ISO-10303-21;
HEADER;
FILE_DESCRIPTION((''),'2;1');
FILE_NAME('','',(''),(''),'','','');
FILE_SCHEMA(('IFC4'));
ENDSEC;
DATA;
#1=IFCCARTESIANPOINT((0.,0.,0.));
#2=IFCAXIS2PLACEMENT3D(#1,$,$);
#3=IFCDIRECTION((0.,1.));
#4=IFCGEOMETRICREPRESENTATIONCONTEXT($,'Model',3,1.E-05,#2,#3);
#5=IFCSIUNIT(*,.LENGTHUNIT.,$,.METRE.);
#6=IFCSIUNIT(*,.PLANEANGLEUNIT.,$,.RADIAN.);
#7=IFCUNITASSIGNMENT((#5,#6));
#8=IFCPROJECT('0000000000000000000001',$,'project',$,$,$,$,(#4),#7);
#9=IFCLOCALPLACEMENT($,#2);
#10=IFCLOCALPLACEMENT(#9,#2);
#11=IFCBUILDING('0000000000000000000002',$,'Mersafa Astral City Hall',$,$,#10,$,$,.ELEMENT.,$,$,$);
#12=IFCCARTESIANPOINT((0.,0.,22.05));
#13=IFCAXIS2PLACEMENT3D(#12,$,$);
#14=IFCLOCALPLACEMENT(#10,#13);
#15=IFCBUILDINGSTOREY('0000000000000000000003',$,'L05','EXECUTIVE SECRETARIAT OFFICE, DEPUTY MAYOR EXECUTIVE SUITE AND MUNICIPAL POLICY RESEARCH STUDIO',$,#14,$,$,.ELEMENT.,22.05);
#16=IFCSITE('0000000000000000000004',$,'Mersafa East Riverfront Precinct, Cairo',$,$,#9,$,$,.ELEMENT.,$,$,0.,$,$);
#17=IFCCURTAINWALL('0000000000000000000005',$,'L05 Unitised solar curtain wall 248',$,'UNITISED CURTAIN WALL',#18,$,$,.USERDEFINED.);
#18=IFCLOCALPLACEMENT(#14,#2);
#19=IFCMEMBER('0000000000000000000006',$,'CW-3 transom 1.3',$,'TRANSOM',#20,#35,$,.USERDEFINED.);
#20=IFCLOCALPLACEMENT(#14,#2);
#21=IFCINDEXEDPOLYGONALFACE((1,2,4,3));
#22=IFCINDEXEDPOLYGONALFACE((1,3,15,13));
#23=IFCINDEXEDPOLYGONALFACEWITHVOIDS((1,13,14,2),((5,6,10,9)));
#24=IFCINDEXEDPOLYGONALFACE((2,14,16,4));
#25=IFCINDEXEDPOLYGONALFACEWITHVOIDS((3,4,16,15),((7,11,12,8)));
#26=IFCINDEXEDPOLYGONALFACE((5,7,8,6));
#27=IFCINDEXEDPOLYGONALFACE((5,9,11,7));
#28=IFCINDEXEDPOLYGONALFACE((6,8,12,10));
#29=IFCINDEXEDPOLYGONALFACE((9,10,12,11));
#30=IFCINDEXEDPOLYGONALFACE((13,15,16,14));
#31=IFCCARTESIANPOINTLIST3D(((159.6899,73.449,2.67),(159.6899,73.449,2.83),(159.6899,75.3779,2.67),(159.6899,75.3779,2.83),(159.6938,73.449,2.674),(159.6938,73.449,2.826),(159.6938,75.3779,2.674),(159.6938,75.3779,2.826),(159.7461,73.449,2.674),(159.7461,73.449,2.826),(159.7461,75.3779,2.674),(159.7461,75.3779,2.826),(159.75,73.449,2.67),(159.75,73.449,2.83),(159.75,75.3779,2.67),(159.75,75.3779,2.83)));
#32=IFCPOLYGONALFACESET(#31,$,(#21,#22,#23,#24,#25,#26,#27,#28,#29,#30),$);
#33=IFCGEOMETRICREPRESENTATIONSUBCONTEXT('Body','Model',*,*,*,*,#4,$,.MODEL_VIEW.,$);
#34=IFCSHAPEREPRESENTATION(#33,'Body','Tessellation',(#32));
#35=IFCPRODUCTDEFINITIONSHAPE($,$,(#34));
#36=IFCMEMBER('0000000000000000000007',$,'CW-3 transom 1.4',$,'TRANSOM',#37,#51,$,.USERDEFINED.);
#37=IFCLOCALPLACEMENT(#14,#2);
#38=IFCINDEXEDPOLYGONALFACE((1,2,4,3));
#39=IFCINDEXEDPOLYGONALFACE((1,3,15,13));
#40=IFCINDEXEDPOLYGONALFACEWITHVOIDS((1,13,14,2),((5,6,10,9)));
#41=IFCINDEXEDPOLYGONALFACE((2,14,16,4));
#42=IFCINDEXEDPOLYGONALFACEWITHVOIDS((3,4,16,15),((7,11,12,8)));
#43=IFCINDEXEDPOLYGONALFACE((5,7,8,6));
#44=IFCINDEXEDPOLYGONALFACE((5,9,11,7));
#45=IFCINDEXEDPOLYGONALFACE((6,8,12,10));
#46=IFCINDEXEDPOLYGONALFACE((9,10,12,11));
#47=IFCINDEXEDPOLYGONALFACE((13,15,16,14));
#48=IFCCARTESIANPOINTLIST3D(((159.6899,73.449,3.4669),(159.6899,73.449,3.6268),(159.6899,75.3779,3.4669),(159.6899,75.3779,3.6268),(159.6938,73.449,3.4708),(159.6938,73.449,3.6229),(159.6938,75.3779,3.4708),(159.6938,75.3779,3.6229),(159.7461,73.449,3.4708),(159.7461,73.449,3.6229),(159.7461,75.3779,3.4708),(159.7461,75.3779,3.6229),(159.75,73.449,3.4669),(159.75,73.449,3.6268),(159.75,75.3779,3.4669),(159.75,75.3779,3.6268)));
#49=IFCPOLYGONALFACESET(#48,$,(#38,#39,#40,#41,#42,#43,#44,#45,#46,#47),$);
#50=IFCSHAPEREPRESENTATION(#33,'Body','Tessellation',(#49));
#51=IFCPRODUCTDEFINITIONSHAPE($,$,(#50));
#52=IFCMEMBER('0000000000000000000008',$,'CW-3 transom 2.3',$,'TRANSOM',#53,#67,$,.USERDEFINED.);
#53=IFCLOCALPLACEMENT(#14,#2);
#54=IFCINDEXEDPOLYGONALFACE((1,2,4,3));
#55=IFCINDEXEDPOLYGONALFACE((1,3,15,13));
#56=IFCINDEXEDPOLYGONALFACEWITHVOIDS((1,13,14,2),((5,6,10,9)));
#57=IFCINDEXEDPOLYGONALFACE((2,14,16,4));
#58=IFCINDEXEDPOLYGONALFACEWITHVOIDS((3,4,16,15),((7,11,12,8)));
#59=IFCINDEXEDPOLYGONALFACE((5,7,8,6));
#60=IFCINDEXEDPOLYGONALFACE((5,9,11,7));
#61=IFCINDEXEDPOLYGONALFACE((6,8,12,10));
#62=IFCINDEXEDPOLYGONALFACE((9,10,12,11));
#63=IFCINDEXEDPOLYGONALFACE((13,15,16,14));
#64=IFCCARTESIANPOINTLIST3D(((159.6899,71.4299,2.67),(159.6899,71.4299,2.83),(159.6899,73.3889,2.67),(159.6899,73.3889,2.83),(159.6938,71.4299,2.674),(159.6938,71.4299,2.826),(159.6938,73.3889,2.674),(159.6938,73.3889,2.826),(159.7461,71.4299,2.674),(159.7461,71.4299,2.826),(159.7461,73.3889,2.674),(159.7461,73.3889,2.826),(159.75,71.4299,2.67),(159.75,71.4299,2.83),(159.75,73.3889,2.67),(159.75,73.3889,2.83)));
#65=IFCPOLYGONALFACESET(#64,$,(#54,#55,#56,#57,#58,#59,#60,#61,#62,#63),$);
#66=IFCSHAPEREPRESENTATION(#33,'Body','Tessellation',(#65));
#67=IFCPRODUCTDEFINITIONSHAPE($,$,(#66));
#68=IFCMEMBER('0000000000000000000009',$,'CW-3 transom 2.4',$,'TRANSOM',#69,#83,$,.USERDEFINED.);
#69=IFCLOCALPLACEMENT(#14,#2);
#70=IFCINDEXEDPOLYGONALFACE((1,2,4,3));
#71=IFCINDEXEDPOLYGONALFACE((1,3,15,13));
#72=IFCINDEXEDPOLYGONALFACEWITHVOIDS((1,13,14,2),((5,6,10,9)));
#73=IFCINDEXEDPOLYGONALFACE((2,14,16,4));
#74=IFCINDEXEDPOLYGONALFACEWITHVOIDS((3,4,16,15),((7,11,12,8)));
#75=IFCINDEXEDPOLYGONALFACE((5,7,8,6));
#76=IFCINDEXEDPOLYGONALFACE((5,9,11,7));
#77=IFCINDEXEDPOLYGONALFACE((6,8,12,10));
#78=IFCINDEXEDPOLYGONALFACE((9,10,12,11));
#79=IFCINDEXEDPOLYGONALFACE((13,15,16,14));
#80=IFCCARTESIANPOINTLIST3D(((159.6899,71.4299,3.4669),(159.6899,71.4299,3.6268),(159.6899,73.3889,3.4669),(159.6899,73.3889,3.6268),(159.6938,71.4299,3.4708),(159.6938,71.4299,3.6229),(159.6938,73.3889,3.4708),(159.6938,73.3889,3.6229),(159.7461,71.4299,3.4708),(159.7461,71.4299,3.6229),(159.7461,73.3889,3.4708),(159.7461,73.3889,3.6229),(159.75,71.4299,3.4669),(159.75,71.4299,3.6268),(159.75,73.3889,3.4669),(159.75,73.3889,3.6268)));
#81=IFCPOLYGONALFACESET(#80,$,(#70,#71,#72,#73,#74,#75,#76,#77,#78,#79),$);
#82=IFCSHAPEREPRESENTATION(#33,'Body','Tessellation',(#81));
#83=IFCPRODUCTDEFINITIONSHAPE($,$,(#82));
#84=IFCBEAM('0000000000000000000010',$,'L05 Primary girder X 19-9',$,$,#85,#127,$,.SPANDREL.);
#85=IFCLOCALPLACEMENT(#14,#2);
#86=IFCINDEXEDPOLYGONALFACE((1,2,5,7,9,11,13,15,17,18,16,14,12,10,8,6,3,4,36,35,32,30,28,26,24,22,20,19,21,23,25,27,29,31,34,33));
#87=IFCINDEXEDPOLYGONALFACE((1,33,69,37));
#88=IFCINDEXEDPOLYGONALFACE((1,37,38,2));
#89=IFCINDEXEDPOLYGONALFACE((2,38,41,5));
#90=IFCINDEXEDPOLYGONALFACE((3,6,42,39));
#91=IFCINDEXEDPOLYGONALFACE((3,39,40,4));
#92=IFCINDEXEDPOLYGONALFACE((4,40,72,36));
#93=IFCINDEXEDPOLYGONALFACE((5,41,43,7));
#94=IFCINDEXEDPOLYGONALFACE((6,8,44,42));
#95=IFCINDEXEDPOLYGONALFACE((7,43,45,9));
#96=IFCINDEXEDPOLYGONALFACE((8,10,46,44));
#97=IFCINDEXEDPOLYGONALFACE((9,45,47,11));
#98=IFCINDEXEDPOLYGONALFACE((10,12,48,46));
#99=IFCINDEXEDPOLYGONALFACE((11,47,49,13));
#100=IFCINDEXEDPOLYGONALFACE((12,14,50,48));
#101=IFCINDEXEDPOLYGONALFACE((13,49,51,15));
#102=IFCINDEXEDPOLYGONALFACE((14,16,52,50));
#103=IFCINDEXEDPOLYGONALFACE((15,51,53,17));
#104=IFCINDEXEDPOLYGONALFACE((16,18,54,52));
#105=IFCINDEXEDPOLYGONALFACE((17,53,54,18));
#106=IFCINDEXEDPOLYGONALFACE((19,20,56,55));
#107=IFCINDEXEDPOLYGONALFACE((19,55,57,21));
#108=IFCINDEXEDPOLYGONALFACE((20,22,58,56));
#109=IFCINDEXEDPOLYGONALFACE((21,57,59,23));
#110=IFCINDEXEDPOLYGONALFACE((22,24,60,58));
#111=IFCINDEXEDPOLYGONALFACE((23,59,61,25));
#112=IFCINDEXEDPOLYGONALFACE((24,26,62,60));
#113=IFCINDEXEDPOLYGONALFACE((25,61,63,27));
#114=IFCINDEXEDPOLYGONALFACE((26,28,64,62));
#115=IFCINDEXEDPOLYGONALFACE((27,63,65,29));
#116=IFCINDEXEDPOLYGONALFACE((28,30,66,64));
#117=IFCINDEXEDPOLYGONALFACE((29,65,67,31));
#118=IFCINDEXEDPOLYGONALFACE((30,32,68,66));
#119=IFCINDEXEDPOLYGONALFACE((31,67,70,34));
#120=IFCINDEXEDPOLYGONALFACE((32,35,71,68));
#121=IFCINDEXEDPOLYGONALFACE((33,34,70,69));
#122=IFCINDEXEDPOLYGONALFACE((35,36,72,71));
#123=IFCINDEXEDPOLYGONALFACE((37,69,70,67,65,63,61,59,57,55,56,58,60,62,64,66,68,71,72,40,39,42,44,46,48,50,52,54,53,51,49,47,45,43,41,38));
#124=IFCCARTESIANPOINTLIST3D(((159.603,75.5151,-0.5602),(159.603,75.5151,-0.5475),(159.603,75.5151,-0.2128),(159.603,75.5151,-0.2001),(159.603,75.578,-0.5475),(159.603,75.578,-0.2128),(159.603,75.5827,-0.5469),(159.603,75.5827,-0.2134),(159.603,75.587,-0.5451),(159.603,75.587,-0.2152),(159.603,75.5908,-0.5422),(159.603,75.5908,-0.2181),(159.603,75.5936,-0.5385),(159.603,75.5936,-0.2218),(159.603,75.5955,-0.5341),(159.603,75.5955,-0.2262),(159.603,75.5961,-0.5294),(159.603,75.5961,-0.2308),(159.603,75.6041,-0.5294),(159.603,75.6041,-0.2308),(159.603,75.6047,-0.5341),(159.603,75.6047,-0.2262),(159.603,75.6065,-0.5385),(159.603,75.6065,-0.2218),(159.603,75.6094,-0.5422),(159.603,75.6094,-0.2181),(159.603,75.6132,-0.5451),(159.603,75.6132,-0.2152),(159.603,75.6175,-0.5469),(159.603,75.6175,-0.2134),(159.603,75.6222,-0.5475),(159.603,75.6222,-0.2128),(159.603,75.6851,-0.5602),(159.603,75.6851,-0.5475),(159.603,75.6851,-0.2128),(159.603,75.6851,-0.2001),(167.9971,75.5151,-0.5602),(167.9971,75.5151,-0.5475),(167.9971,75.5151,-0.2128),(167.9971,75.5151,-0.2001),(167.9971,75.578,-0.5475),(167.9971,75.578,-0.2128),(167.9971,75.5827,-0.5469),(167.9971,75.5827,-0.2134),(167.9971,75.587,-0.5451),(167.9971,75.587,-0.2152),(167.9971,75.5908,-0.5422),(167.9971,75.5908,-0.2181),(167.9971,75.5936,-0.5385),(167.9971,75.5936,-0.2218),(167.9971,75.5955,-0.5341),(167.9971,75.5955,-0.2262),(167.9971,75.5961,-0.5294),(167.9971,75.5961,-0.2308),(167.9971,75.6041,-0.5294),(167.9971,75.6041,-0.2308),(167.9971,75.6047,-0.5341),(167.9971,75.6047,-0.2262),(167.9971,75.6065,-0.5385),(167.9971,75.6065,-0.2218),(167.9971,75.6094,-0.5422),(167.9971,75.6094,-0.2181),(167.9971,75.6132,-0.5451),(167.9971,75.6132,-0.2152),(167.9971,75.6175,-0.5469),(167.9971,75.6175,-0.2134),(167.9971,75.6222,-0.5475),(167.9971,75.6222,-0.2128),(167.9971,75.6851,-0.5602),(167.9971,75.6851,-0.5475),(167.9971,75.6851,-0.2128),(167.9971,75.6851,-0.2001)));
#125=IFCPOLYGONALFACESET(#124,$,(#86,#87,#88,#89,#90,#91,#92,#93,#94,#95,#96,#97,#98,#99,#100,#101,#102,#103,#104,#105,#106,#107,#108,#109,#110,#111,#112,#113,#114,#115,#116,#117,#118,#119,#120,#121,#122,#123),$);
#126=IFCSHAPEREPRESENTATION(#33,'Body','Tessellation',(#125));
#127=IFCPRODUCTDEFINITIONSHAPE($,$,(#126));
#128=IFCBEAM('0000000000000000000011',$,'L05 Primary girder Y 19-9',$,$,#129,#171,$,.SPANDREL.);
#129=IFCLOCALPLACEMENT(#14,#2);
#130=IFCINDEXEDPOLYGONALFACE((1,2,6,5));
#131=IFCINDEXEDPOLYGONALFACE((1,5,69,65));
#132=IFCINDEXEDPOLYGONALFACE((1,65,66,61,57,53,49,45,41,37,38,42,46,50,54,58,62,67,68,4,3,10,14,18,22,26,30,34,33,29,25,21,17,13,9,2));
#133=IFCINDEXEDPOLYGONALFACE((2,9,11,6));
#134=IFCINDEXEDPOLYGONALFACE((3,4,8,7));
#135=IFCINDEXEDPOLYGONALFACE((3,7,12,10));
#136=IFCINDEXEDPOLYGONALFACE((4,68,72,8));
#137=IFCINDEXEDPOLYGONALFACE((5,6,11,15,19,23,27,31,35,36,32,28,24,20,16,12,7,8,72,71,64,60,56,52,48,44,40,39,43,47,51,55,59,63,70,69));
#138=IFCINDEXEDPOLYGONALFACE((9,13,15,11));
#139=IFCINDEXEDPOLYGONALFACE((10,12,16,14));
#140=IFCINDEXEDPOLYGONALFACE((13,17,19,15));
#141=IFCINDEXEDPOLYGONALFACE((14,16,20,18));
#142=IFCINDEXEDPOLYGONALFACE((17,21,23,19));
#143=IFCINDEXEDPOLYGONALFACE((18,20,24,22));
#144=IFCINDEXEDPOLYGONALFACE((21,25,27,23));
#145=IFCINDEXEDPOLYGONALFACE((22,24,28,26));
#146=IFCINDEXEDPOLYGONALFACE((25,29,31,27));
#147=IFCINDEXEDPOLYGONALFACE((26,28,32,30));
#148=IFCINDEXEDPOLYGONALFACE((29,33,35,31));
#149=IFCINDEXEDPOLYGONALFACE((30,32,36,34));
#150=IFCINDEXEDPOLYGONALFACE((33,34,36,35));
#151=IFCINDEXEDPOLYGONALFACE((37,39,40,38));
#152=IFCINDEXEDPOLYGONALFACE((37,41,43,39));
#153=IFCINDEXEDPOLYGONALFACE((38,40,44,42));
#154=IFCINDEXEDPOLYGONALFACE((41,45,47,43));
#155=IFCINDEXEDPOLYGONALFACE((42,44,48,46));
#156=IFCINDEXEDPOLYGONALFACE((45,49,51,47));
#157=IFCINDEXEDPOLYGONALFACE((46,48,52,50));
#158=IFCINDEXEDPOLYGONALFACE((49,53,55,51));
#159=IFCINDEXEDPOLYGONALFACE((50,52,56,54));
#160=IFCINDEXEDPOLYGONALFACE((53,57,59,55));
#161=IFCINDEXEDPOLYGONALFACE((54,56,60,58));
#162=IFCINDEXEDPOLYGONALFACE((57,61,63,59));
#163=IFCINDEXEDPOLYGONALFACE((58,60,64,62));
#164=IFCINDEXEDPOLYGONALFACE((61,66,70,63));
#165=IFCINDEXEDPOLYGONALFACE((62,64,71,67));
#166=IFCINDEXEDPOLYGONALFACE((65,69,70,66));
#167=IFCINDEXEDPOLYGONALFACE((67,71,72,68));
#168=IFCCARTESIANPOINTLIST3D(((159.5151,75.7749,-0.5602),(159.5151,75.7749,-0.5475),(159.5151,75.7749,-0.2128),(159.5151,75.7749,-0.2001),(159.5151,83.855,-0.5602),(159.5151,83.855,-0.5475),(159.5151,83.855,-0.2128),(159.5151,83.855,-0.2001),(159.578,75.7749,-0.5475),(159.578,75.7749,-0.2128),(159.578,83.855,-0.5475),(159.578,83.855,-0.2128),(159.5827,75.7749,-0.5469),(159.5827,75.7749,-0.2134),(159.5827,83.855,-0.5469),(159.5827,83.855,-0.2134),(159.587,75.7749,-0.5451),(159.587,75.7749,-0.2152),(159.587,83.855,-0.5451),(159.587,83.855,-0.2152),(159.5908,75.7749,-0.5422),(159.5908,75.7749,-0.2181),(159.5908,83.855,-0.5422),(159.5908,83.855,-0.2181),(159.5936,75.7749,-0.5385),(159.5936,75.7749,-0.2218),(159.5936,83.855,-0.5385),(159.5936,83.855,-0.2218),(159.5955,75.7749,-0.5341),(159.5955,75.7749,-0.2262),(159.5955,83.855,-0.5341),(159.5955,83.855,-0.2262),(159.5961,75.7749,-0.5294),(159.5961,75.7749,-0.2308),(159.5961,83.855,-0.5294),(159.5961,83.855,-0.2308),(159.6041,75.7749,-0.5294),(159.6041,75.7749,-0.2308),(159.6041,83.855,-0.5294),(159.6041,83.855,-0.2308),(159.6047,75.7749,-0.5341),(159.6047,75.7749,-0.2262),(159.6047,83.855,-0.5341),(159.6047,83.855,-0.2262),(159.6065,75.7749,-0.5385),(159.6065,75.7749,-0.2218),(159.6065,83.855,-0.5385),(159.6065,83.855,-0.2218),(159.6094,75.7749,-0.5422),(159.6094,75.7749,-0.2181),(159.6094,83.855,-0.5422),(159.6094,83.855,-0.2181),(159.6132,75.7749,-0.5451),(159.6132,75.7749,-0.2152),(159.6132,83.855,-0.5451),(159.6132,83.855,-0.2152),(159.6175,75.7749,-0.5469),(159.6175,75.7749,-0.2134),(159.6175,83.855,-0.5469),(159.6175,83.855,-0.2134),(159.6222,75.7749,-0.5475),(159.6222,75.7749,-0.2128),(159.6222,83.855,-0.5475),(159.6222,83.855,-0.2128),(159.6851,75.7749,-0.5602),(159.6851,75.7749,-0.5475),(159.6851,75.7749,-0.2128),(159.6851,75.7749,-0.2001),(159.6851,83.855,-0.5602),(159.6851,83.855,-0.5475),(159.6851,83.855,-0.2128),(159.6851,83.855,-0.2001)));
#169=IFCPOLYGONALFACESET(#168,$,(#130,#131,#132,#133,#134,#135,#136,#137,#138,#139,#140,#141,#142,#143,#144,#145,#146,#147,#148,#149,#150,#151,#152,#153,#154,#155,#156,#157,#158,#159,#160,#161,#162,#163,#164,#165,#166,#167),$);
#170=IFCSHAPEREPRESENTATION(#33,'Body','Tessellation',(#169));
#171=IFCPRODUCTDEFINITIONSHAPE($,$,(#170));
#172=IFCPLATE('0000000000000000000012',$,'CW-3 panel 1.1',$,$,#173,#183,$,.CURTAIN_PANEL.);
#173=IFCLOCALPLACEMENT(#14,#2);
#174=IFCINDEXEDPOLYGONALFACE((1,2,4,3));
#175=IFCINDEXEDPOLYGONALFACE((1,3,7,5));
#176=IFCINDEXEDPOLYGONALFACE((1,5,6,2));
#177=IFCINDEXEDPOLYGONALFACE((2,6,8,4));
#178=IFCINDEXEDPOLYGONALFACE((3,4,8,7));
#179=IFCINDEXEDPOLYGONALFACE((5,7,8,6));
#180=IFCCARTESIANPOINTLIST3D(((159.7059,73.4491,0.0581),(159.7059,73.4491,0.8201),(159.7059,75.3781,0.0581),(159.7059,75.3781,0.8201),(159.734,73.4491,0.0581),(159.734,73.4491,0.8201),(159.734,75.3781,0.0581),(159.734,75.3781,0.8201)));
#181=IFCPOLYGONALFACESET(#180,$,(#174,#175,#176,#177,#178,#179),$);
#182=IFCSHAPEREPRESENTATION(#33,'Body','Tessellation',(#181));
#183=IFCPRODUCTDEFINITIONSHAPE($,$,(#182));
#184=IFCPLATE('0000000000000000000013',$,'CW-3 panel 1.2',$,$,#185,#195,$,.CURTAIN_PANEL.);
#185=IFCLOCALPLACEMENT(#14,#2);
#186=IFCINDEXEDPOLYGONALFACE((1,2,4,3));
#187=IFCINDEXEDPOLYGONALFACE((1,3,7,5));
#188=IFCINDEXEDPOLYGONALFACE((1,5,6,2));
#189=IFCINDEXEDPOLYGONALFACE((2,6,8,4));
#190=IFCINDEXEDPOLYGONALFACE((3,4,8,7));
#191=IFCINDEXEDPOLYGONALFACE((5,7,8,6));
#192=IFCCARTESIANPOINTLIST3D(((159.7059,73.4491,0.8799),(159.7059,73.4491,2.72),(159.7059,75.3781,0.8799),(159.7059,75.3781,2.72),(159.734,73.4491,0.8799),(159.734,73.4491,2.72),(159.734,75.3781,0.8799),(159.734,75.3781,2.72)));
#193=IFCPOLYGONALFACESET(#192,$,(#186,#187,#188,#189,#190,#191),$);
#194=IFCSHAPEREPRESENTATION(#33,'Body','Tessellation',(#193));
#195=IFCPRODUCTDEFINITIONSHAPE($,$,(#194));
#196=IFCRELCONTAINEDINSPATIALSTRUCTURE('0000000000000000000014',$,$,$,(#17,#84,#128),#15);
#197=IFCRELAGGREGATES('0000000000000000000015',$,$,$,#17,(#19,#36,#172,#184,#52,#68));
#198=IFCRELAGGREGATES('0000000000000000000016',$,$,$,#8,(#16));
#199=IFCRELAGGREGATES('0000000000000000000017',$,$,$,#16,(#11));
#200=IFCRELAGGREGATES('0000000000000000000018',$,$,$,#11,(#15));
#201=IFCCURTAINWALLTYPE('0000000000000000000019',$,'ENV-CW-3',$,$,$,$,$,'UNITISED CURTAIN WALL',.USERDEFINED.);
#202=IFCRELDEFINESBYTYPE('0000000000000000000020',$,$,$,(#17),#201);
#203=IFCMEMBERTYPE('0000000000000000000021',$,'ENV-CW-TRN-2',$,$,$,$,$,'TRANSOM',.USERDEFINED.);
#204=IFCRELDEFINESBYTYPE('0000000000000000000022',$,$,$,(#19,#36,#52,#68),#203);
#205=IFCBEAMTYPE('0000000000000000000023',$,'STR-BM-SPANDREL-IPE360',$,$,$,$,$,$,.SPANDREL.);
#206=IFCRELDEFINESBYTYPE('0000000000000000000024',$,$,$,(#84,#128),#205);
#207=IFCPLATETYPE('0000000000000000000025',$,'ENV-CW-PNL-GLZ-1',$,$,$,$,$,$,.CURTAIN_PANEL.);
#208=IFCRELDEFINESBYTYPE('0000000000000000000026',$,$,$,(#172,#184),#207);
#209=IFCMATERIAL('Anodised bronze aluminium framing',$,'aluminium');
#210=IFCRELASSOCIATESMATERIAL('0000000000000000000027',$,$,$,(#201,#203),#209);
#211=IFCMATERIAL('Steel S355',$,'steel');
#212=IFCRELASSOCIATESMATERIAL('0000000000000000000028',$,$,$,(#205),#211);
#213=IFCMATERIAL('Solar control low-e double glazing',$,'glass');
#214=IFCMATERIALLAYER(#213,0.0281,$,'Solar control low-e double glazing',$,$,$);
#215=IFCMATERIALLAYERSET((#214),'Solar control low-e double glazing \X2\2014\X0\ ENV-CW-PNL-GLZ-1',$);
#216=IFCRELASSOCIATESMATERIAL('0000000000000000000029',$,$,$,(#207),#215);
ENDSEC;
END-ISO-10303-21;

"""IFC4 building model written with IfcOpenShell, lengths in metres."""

from ifc_helpers import new_model, si_unit, direction, frame, origin, origin_2d, place, context, subcontext, project, spatial, rectangle, hollow_rectangle, i_section, extrude, material, layer, layer_set, material_profile, profile_set, type_object, element, aggregate, save


model = new_model("IFC4")

# Units and contexts
model_context = context("Model", 3, precision=1e-05, world=origin(), true_north=direction((0.0, 1.0)))
body_context = subcontext(model_context, "Body", "Model", "MODEL_VIEW")
ifc_project = project(units=[si_unit("LENGTHUNIT", "METRE"), si_unit("PLANEANGLEUNIT", "RADIAN")], contexts=[model_context])

# Site, building, storey
site_placement = place(None, origin())
site = spatial("IfcSite", under=ifc_project, at=site_placement, Name="Mersafa East Riverfront Precinct, Cairo", CompositionType="ELEMENT", RefElevation=0.0)
building_placement = place(site_placement, origin())
building = spatial("IfcBuilding", under=site, at=building_placement, Name="Mersafa Astral City Hall", CompositionType="ELEMENT")
storey_placement = place(building_placement, frame((0.0, 0.0, 22.05)))
storey = spatial("IfcBuildingStorey", under=building, at=storey_placement, Name="L05", Description="EXECUTIVE SECRETARIAT OFFICE, DEPUTY MAYOR EXECUTIVE SUITE AND MUNICIPAL POLICY RESEARCH STUDIO", CompositionType="ELEMENT", Elevation=22.05)

# Shared definitions
ifc_material_1 = material(Name="Steel S355", Category="steel")

# Shared definitions
ifc_material_2 = material(Name="Anodised bronze aluminium framing", Category="aluminium")

# Curtain wall
curtain_wall_type_1 = type_object("IfcCurtainWallType", Name="ENV-CW-3", ElementType="UNITISED CURTAIN WALL", PredefinedType="USERDEFINED", material=ifc_material_2)
curtain_wall_1_placement = place(storey_placement, origin())
curtain_wall_1 = element("IfcCurtainWall", 1, at=curtain_wall_1_placement, inside=storey, type_object=curtain_wall_type_1, Name="L05 Unitised solar curtain wall 248", ObjectType="UNITISED CURTAIN WALL", PredefinedType="USERDEFINED")

# Members
ifc_material_profile_1 = material_profile(ifc_material_2, hollow_rectangle(XDim=0.0601, YDim=0.1599, WallThickness=0.0039, at=origin_2d()), Name="RHS 60x160x4")
ifc_profile_set_1 = profile_set([ifc_material_profile_1], Name="Anodised bronze aluminium framing")
member_type_1 = type_object("IfcMemberType", Name="ENV-CW-TRN-2", ElementType="TRANSOM", PredefinedType="USERDEFINED", material=ifc_profile_set_1)
member_1_placement = place(storey_placement, frame((159.72, 75.3779, 2.75), z_axis=(0.0, -1.0, 0.0), x_axis=(1.0, 0.0, 0.0)))
member_1 = element("IfcMember", 2, at=member_1_placement, type_object=member_type_1, Name="CW-3 transom 1.3", ObjectType="TRANSOM", PredefinedType="USERDEFINED", context=body_context, shape_type="SweptSolid", body=[
    extrude(hollow_rectangle(XDim=0.0601, YDim=0.1599, WallThickness=0.0039, at=origin_2d()), origin(), (0.0, 0.0, 1.0), 1.929),
])
member_2_placement = place(storey_placement, frame((159.72, 75.3779, 3.5469), z_axis=(0.0, -1.0, 0.0), x_axis=(1.0, 0.0, 0.0)))
member_2 = element("IfcMember", 3, at=member_2_placement, type_object=member_type_1, Name="CW-3 transom 1.4", ObjectType="TRANSOM", PredefinedType="USERDEFINED", context=body_context, shape_type="SweptSolid", body=[
    extrude(hollow_rectangle(XDim=0.0601, YDim=0.1599, WallThickness=0.0039, at=origin_2d()), origin(), (0.0, 0.0, 1.0), 1.929),
])
member_3_placement = place(storey_placement, frame((159.72, 73.3889, 2.75), z_axis=(0.0, -1.0, 0.0), x_axis=(1.0, 0.0, 0.0)))
member_3 = element("IfcMember", 4, at=member_3_placement, type_object=member_type_1, Name="CW-3 transom 2.3", ObjectType="TRANSOM", PredefinedType="USERDEFINED", context=body_context, shape_type="SweptSolid", body=[
    extrude(hollow_rectangle(XDim=0.0601, YDim=0.1599, WallThickness=0.0039, at=origin_2d()), origin(), (0.0, 0.0, 1.0), 1.959),
])
member_4_placement = place(storey_placement, frame((159.72, 73.3889, 3.5469), z_axis=(0.0, -1.0, 0.0), x_axis=(1.0, 0.0, 0.0)))
member_4 = element("IfcMember", 5, at=member_4_placement, type_object=member_type_1, Name="CW-3 transom 2.4", ObjectType="TRANSOM", PredefinedType="USERDEFINED", context=body_context, shape_type="SweptSolid", body=[
    extrude(hollow_rectangle(XDim=0.0601, YDim=0.1599, WallThickness=0.0039, at=origin_2d()), origin(), (0.0, 0.0, 1.0), 1.959),
])

# Beams
ifc_material_profile_2 = material_profile(ifc_material_1, i_section(OverallWidth=0.1699, OverallDepth=0.3601, WebThickness=0.0081, FlangeThickness=0.0127, FilletRadius=0.0181, at=origin_2d()), Name="IPE 360")
ifc_profile_set_2 = profile_set([ifc_material_profile_2], Name="Steel S355")
beam_type = type_object("IfcBeamType", Name="STR-BM-SPANDREL-IPE360", PredefinedType="SPANDREL", material=ifc_profile_set_2)
beam_1_placement = place(storey_placement, frame((159.603, 75.6001, -0.3801), z_axis=(1.0, 0.0, 0.0), x_axis=(0.0, 1.0, 0.0)))
element("IfcBeam", 6, at=beam_1_placement, inside=storey, type_object=beam_type, Name="L05 Primary girder X 19-9", PredefinedType="SPANDREL", context=body_context, shape_type="SweptSolid", body=[
    extrude(i_section(OverallWidth=0.1699, OverallDepth=0.3601, WebThickness=0.0081, FlangeThickness=0.0127, FilletRadius=0.0181, at=origin_2d()), origin(), (0.0, 0.0, 1.0), 8.394),
])
beam_2_placement = place(storey_placement, frame((159.6001, 75.7749, -0.3801), z_axis=(0.0, 1.0, 0.0), x_axis=(-1.0, 0.0, 0.0)))
element("IfcBeam", 7, at=beam_2_placement, inside=storey, type_object=beam_type, Name="L05 Primary girder Y 19-9", PredefinedType="SPANDREL", context=body_context, shape_type="SweptSolid", body=[
    extrude(i_section(OverallWidth=0.1699, OverallDepth=0.3601, WebThickness=0.0081, FlangeThickness=0.0127, FilletRadius=0.0181, at=origin_2d()), origin(), (0.0, 0.0, 1.0), 8.0801),
])

# Plates
ifc_material_3 = material(Name="Solar control low-e double glazing", Category="glass")
ifc_layer_1 = layer(ifc_material_3, 0.0281, Name="Solar control low-e double glazing")
ifc_layer_set_1 = layer_set([ifc_layer_1], Name="Solar control low-e double glazing — ENV-CW-PNL-GLZ-1")
plate_type_1 = type_object("IfcPlateType", Name="ENV-CW-PNL-GLZ-1", PredefinedType="CURTAIN_PANEL", material=ifc_layer_set_1)
plate_1_placement = place(storey_placement, frame((159.72, 74.4136, 0.0581), z_axis=(0.0, 0.0, 1.0), x_axis=(0.0, -1.0, 0.0)))
plate_1 = element("IfcPlate", 8, at=plate_1_placement, type_object=plate_type_1, Name="CW-3 panel 1.1", PredefinedType="CURTAIN_PANEL", context=body_context, shape_type="SweptSolid", body=[
    extrude(rectangle(XDim=1.929, YDim=0.0281, at=origin_2d()), origin(), (0.0, 0.0, 1.0), 0.762),
])
plate_2_placement = place(storey_placement, frame((159.72, 74.4136, 0.8799), z_axis=(0.0, 0.0, 1.0), x_axis=(0.0, -1.0, 0.0)))
plate_2 = element("IfcPlate", 9, at=plate_2_placement, type_object=plate_type_1, Name="CW-3 panel 1.2", PredefinedType="CURTAIN_PANEL", context=body_context, shape_type="SweptSolid", body=[
    extrude(rectangle(XDim=1.929, YDim=0.0281, at=origin_2d()), origin(), (0.0, 0.0, 1.0), 1.8401),
])
aggregate(curtain_wall_1, [member_1, member_2, plate_1, plate_2, member_3, member_4])

save(model, "model.ifc")
